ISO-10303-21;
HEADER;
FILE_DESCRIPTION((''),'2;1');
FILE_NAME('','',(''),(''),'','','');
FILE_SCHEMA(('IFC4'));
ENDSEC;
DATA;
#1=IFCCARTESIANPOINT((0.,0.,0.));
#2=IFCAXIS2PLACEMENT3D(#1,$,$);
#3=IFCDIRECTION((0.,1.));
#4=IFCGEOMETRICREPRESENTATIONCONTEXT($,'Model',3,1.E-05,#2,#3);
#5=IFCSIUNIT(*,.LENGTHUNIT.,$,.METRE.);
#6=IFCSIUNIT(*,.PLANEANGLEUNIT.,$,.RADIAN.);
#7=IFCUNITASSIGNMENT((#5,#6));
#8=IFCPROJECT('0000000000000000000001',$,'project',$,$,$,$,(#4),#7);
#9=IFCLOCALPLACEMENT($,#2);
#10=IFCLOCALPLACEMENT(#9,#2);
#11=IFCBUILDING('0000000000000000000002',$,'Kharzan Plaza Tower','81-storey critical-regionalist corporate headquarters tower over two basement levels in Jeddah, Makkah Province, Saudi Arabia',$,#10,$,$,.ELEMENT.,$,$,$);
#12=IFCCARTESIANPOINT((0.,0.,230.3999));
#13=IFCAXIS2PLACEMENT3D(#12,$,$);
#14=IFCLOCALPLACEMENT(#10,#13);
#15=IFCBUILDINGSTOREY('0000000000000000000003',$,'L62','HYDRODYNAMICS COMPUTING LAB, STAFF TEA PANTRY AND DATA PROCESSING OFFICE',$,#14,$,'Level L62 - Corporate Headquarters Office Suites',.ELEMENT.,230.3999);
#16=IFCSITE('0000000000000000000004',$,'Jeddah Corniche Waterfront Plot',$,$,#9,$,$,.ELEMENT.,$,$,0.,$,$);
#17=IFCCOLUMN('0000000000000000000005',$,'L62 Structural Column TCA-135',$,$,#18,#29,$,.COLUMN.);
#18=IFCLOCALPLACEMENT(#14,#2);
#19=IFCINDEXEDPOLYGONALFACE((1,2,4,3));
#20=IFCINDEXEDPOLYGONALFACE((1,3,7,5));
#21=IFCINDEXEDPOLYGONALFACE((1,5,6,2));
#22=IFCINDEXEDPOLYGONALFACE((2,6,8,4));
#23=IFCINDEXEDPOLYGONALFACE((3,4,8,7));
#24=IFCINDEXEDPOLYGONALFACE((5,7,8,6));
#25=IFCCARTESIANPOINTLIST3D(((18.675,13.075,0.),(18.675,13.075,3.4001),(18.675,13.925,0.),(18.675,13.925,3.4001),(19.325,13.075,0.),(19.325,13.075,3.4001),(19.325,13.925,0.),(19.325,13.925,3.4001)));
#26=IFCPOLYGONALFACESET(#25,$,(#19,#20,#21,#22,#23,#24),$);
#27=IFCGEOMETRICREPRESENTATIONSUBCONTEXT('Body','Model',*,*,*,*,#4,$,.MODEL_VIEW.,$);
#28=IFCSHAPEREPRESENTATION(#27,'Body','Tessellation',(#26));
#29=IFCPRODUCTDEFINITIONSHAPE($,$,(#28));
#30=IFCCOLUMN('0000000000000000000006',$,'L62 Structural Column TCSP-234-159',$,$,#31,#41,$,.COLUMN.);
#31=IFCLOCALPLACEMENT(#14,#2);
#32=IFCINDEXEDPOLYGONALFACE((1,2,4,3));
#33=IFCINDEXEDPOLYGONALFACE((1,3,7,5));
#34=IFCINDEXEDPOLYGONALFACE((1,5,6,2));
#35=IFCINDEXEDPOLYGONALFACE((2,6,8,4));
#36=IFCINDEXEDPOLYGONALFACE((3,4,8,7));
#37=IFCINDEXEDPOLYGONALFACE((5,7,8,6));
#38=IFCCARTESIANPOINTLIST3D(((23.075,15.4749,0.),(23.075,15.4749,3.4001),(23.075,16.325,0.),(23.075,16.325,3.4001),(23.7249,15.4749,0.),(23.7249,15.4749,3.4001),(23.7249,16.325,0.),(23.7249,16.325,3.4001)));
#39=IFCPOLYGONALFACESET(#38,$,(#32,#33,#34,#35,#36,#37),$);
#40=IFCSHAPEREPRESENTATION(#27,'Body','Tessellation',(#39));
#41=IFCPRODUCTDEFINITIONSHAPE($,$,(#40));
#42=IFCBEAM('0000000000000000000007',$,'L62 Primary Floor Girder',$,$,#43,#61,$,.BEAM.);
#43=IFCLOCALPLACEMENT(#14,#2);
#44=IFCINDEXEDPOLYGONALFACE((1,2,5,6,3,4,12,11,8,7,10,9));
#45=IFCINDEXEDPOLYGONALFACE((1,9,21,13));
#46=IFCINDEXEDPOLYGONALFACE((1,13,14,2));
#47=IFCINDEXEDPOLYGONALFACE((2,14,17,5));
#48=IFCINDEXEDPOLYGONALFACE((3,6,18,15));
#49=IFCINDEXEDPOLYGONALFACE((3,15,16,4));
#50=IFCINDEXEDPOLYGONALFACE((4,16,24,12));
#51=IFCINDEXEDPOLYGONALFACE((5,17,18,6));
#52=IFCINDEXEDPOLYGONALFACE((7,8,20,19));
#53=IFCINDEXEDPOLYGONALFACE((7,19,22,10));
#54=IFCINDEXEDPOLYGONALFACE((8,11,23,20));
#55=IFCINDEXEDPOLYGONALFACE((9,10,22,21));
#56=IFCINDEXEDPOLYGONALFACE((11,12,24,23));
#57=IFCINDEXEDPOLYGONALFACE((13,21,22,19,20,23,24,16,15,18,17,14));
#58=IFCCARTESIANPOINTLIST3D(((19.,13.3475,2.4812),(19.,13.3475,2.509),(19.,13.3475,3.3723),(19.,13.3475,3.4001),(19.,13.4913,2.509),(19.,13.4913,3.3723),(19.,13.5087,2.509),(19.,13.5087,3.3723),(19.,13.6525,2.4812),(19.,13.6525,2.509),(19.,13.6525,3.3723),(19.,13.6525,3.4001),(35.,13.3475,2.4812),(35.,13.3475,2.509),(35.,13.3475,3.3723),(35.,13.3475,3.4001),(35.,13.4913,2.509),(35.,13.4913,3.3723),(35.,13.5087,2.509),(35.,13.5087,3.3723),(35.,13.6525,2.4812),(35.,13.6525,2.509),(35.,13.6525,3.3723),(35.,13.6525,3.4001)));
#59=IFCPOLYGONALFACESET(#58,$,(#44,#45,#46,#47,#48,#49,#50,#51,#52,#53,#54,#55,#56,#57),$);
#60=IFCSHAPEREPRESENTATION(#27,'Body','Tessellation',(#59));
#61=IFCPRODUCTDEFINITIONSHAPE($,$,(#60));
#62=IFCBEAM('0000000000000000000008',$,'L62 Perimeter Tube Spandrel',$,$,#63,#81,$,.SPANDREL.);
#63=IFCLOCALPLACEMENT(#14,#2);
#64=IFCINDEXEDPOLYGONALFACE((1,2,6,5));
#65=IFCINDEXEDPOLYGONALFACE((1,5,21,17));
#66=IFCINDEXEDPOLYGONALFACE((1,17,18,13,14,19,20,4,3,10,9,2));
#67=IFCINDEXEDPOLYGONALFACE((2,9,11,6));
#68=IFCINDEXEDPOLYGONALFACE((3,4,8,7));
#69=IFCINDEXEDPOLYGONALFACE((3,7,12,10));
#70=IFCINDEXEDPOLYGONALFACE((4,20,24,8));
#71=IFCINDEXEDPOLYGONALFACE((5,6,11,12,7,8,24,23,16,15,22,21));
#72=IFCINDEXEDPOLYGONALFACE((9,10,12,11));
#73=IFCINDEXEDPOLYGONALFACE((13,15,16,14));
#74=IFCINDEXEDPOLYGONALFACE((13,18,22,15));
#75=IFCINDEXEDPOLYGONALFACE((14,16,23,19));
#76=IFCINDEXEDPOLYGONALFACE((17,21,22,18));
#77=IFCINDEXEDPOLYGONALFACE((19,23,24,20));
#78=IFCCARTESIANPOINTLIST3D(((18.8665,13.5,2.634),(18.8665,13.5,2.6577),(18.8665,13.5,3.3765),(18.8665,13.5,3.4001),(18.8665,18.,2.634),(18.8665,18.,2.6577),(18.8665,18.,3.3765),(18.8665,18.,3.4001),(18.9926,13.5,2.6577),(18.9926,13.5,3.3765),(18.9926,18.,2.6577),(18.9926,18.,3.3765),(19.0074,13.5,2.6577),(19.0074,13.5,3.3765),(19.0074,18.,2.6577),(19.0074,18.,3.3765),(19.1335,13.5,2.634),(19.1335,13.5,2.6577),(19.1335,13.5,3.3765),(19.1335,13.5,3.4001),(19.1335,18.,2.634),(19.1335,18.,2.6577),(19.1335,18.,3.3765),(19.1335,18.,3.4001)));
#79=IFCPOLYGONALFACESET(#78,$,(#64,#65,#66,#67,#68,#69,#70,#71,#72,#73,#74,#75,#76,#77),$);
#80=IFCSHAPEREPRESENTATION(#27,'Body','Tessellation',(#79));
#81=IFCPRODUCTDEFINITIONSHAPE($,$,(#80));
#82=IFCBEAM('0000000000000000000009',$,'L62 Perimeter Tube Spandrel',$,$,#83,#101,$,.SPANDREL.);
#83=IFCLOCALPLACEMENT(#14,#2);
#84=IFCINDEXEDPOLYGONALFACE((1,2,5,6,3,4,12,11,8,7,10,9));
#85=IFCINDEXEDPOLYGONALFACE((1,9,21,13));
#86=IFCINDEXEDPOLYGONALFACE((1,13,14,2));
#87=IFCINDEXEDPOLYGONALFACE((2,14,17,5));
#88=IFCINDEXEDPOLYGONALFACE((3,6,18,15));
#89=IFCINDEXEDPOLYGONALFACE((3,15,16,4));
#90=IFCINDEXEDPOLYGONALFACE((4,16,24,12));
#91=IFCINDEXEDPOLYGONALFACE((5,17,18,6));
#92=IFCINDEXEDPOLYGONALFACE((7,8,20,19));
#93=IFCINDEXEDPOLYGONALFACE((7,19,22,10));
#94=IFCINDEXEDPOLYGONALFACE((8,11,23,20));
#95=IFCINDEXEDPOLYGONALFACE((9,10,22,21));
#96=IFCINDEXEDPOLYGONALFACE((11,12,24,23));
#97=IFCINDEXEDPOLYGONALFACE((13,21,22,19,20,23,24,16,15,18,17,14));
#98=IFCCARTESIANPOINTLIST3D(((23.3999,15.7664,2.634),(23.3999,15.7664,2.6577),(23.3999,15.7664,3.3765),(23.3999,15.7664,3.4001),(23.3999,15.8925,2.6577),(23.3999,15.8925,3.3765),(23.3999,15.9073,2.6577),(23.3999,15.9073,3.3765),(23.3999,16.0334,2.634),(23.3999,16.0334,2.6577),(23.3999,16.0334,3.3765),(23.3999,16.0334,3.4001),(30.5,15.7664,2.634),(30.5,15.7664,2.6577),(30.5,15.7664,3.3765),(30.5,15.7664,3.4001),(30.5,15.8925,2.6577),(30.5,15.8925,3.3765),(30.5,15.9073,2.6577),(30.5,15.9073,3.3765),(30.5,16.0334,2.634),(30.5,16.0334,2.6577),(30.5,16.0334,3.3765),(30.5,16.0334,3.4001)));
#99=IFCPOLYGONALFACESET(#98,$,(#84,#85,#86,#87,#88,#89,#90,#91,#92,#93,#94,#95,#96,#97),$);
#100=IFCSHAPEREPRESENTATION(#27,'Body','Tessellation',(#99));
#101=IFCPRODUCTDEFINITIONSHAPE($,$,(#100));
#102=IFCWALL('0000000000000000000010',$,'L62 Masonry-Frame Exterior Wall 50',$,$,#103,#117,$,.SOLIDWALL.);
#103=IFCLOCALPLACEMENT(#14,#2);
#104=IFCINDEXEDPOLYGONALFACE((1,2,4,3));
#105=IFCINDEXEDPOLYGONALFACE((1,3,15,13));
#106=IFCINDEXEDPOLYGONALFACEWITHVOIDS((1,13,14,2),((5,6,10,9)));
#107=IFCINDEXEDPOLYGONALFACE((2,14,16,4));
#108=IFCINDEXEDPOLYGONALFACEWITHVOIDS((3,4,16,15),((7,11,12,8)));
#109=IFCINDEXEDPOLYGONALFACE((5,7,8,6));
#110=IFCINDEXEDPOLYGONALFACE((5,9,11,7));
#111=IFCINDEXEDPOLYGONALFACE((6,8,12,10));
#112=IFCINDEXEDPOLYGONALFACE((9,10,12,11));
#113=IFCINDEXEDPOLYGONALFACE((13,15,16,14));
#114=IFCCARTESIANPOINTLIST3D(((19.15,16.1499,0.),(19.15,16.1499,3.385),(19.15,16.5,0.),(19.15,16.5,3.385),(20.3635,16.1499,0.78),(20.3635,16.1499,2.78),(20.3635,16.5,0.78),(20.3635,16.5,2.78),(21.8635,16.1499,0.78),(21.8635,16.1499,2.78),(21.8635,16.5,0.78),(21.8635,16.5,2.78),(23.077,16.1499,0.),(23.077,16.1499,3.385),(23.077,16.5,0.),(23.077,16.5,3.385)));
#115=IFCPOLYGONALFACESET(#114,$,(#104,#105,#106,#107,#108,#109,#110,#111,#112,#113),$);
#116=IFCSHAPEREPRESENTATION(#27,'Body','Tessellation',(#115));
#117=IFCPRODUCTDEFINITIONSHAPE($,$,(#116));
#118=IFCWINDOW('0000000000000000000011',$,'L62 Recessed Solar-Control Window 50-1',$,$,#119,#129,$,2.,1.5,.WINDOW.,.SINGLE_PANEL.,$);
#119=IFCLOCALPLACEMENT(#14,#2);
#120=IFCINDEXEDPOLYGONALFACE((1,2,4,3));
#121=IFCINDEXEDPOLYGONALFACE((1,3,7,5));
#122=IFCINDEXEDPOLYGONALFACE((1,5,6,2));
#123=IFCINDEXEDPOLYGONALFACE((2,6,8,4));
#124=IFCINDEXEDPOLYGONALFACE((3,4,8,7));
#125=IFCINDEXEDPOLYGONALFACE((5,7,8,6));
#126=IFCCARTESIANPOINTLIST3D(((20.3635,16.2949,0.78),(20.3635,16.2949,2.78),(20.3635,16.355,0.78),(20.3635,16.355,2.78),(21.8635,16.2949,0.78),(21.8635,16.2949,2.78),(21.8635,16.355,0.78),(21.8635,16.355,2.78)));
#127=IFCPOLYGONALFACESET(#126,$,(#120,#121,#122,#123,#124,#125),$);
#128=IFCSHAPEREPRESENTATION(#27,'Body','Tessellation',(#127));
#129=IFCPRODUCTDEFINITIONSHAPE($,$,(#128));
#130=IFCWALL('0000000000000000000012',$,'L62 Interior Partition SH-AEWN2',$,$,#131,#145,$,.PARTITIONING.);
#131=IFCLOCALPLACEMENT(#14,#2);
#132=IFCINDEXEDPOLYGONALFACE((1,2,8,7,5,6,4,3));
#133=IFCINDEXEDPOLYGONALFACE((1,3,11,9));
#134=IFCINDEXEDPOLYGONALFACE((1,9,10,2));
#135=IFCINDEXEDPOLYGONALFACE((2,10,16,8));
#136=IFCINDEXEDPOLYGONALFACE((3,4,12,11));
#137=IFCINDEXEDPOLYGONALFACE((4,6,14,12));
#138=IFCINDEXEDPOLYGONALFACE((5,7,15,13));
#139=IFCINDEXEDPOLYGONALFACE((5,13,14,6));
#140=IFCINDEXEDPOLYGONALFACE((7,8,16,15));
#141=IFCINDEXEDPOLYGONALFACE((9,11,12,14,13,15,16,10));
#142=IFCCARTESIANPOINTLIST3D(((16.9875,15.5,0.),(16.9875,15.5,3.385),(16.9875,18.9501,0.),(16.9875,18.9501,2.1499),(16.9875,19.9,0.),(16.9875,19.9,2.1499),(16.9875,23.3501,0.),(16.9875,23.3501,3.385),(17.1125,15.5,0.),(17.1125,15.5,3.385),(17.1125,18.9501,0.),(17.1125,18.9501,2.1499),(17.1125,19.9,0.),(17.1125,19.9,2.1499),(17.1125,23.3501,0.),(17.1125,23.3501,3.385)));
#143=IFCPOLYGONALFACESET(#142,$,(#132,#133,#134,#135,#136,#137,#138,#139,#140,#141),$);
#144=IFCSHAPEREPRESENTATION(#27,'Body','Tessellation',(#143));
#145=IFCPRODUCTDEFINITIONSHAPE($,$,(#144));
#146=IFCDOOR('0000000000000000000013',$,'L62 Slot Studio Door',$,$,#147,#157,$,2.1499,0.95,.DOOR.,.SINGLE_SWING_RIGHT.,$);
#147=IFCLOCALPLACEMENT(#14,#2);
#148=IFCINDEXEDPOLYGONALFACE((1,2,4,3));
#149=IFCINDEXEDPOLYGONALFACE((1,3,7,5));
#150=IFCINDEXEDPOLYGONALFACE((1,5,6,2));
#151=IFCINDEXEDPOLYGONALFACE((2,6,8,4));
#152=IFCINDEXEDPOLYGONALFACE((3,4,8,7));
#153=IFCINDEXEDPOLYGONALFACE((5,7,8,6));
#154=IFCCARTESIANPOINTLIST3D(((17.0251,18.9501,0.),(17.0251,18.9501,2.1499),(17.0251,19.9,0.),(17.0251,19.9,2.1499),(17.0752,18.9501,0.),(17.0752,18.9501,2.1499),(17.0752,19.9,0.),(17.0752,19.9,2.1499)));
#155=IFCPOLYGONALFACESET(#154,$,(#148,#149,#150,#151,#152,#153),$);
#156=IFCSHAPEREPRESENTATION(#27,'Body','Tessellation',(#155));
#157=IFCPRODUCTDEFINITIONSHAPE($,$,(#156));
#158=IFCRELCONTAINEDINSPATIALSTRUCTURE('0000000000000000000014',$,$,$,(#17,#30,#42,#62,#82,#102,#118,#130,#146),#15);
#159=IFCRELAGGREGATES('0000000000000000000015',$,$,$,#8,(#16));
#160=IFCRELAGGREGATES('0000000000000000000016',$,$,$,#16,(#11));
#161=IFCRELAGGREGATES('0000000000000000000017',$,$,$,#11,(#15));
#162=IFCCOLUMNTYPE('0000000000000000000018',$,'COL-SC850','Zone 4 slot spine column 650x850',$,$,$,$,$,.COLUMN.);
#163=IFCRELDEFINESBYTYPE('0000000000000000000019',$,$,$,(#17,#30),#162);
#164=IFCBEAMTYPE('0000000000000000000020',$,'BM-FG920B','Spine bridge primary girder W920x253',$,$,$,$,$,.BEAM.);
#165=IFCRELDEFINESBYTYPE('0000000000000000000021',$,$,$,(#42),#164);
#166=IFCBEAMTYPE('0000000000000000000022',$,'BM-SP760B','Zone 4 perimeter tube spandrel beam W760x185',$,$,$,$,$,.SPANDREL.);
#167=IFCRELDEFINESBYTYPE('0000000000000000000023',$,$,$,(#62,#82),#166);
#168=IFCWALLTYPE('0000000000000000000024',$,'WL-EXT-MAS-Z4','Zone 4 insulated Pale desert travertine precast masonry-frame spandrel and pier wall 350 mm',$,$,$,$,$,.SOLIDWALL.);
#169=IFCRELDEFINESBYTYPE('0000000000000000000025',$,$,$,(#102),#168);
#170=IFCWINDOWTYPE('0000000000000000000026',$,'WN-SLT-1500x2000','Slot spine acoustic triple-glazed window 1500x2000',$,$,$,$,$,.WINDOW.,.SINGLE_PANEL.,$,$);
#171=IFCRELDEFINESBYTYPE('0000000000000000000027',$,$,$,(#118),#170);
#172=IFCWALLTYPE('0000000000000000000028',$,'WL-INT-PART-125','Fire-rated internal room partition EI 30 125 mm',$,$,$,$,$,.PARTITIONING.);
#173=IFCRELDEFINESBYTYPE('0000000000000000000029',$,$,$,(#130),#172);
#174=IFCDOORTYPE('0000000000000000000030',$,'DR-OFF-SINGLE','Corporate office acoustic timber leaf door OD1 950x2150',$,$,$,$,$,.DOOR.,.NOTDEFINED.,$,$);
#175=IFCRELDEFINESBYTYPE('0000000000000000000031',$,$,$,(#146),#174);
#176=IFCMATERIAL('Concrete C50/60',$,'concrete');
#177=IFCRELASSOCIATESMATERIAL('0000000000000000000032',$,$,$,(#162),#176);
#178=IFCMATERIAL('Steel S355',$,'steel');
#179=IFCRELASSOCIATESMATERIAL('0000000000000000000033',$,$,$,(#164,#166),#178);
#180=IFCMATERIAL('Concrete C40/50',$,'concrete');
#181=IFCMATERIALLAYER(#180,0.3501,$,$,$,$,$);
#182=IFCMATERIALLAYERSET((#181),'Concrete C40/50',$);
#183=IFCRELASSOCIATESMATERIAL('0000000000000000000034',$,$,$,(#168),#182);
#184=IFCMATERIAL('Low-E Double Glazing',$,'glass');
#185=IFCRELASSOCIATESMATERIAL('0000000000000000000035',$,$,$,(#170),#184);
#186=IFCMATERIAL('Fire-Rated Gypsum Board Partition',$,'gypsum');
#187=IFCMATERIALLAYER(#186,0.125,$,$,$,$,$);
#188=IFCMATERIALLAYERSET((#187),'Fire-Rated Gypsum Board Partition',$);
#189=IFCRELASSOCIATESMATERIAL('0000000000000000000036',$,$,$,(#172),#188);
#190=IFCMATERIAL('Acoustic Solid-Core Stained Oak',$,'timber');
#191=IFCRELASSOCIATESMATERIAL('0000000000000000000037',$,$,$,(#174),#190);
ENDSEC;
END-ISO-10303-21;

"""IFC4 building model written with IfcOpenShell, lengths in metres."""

from ifc_helpers import new_model, si_unit, direction, frame, frame_2d, origin, origin_2d, place, context, subcontext, project, spatial, rectangle, i_section, extrude, source, transform, mapped, material, layer, layer_set, material_profile, profile_set, type_object, element, fill, save


model = new_model("IFC4")

# Units and contexts
model_context = context("Model", 3, precision=1e-05, world=origin(), true_north=direction((0.0, 1.0)))
body_context = subcontext(model_context, "Body", "Model", "MODEL_VIEW")
ifc_project = project(units=[si_unit("LENGTHUNIT", "METRE"), si_unit("PLANEANGLEUNIT", "RADIAN")], contexts=[model_context])

# Site, building, storey
site_placement = place(None, origin())
site = spatial("IfcSite", under=ifc_project, at=site_placement, Name="Jeddah Corniche Waterfront Plot", CompositionType="ELEMENT", RefElevation=0.0)
building_placement = place(site_placement, origin())
building = spatial("IfcBuilding", under=site, at=building_placement, Name="Kharzan Plaza Tower", Description="81-storey critical-regionalist corporate headquarters tower over two basement levels in Jeddah, Makkah Province, Saudi Arabia", CompositionType="ELEMENT")
storey_placement = place(building_placement, frame((0.0, 0.0, 230.3999)))
storey = spatial("IfcBuildingStorey", under=building, at=storey_placement, Name="L62", Description="HYDRODYNAMICS COMPUTING LAB, STAFF TEA PANTRY AND DATA PROCESSING OFFICE", LongName="Level L62 - Corporate Headquarters Office Suites", CompositionType="ELEMENT", Elevation=230.3999)

# Columns
ifc_material_1 = material(Name="Concrete C50/60", Category="concrete")
ifc_material_profile_1 = material_profile(ifc_material_1, rectangle(XDim=0.6499, YDim=0.8501, at=origin_2d()), Name="RC-SC850x650")
ifc_profile_set_1 = profile_set([ifc_material_profile_1], Name="Concrete C50/60")
column_type = type_object("IfcColumnType", Name="COL-SC850", Description="Zone 4 slot spine column 650x850", PredefinedType="COLUMN", material=ifc_profile_set_1)
shared_shape_1 = source(origin(), body_context, "Body", "SweptSolid", [
    extrude(rectangle(XDim=0.6499, YDim=0.8501, at=origin_2d()), origin(), (0.0, 0.0, 1.0), 3.4001),
])
for number, where, z_axis, x_axis, name in (
    (1, (19.0, 13.5, 0.0), (0.0, 0.0, 1.0), (1.0, 0.0, 0.0), "L62 Structural Column TCA-135"),
    (2, (23.3999, 15.8999, 0.0), (0.0, 0.0, 1.0), (1.0, 0.0, 0.0), "L62 Structural Column TCSP-234-159"),
):
    element("IfcColumn", number, at=place(storey_placement, frame(where, z_axis=z_axis, x_axis=x_axis)), inside=storey, type_object=column_type, Name=name, PredefinedType="COLUMN", context=body_context, shape_type="MappedRepresentation", body=[
        mapped(shared_shape_1, transform((0.0, 0.0, 0.0), x_axis=(1.0, 0.0, 0.0), y_axis=(0.0, 1.0, 0.0), z_axis=(0.0, 0.0, 1.0))),
    ])

# Beams
ifc_material_2 = material(Name="Steel S355", Category="steel")
ifc_material_profile_2 = material_profile(ifc_material_2, i_section(OverallWidth=0.3049, OverallDepth=0.9189, WebThickness=0.0173, FlangeThickness=0.0278, at=origin_2d()), Name="W920x253")
ifc_profile_set_2 = profile_set([ifc_material_profile_2], Name="Steel S355")
beam_type_1 = type_object("IfcBeamType", Name="BM-FG920B", Description="Spine bridge primary girder W920x253", PredefinedType="BEAM", material=ifc_profile_set_2)
shared_shape_2 = source(origin(), body_context, "Body", "SweptSolid", [
    extrude(i_section(OverallWidth=0.3049, OverallDepth=0.9189, WebThickness=0.0173, FlangeThickness=0.0278, at=origin_2d()), origin(), (0.0, 0.0, 1.0), 16.0),
])
beam_1_placement = place(storey_placement, frame((19.0, 13.5, 2.9407), z_axis=(1.0, 0.0, 0.0), x_axis=(0.0, 1.0, 0.0)))
element("IfcBeam", 3, at=beam_1_placement, inside=storey, type_object=beam_type_1, Name="L62 Primary Floor Girder", PredefinedType="BEAM", context=body_context, shape_type="MappedRepresentation", body=[
    mapped(shared_shape_2, transform((0.0, 0.0, 0.0), x_axis=(1.0, 0.0, 0.0), y_axis=(0.0, 1.0, 0.0), z_axis=(0.0, 0.0, 1.0))),
])
ifc_material_profile_3 = material_profile(ifc_material_2, i_section(OverallWidth=0.2671, OverallDepth=0.7661, WebThickness=0.0149, FlangeThickness=0.0237, at=origin_2d()), Name="W760x185")
ifc_profile_set_3 = profile_set([ifc_material_profile_3], Name="Steel S355")
beam_type_2 = type_object("IfcBeamType", Name="BM-SP760B", Description="Zone 4 perimeter tube spandrel beam W760x185", PredefinedType="SPANDREL", material=ifc_profile_set_3)
shared_shape_3 = source(origin(), body_context, "Body", "SweptSolid", [
    extrude(i_section(OverallWidth=0.2671, OverallDepth=0.7661, WebThickness=0.0149, FlangeThickness=0.0237, at=origin_2d()), origin(), (0.0, 0.0, 1.0), 4.5),
])
beam_2_placement = place(storey_placement, frame((19.0, 13.5, 3.0171), z_axis=(0.0, 1.0, 0.0), x_axis=(-1.0, 0.0, 0.0)))
element("IfcBeam", 4, at=beam_2_placement, inside=storey, type_object=beam_type_2, Name="L62 Perimeter Tube Spandrel", PredefinedType="SPANDREL", context=body_context, shape_type="MappedRepresentation", body=[
    mapped(shared_shape_3, transform((0.0, 0.0, 0.0), x_axis=(1.0, 0.0, 0.0), y_axis=(0.0, 1.0, 0.0), z_axis=(0.0, 0.0, 1.0))),
])
shared_shape_4 = source(origin(), body_context, "Body", "SweptSolid", [
    extrude(i_section(OverallWidth=0.2671, OverallDepth=0.7661, WebThickness=0.0149, FlangeThickness=0.0237, at=origin_2d()), origin(), (0.0, 0.0, 1.0), 7.1001),
])
beam_3_placement = place(storey_placement, frame((23.3999, 15.8999, 3.0171), z_axis=(1.0, 0.0, 0.0), x_axis=(0.0, 1.0, 0.0)))
element("IfcBeam", 5, at=beam_3_placement, inside=storey, type_object=beam_type_2, Name="L62 Perimeter Tube Spandrel", PredefinedType="SPANDREL", context=body_context, shape_type="MappedRepresentation", body=[
    mapped(shared_shape_4, transform((0.0, 0.0, 0.0), x_axis=(1.0, 0.0, 0.0), y_axis=(0.0, 1.0, 0.0), z_axis=(0.0, 0.0, 1.0))),
])

# Wall, opening, window
ifc_material_3 = material(Name="Concrete C40/50", Category="concrete")
ifc_layer_1 = layer(ifc_material_3, 0.3501)
ifc_layer_set_1 = layer_set([ifc_layer_1], Name="Concrete C40/50")
wall_type_1 = type_object("IfcWallType", Name="WL-EXT-MAS-Z4", Description="Zone 4 insulated Pale desert travertine precast masonry-frame spandrel and pier wall 350 mm", PredefinedType="SOLIDWALL", material=ifc_layer_set_1)
wall_1_placement = place(storey_placement, frame((23.0769, 16.325, 0.0), z_axis=(0.0, 0.0, 1.0), x_axis=(-1.0, 0.0, 0.0)))
wall_1 = element("IfcWall", 6, at=wall_1_placement, inside=storey, type_object=wall_type_1, Name="L62 Masonry-Frame Exterior Wall 50", PredefinedType="SOLIDWALL", context=body_context, shape_type="SweptSolid", body=[
    extrude(rectangle(XDim=3.927, YDim=0.3501, at=frame_2d((1.9634, 0.0))), origin(), (0.0, 0.0, 1.0), 3.385),
])
opening_1_placement = place(wall_1_placement, frame((1.2134, 0.0, 0.78)))
opening_1 = element("IfcOpeningElement", 7, at=opening_1_placement, cuts=wall_1, PredefinedType="OPENING", context=body_context, shape_type="SweptSolid", body=[
    extrude(rectangle(XDim=1.5, YDim=2.0, at=frame_2d((0.75, 1.0))), frame((0.0, 0.1851, 0.0), z_axis=(0.0, -1.0, 0.0), x_axis=(1.0, 0.0, 0.0)), (0.0, 0.0, 1.0), 0.3701),
])
ifc_material_4 = material(Name="Low-E Double Glazing", Category="glass")
window_type = type_object("IfcWindowType", Name="WN-SLT-1500x2000", Description="Slot spine acoustic triple-glazed window 1500x2000", PartitioningType="SINGLE_PANEL", PredefinedType="WINDOW", material=ifc_material_4)
shared_shape_5 = source(origin(), body_context, "Body", "SweptSolid", [
    extrude(rectangle(XDim=1.5, YDim=2.0, at=frame_2d((0.75, 1.0))), frame((0.0, 0.03, 0.0), z_axis=(0.0, -1.0, 0.0), x_axis=(1.0, 0.0, 0.0)), (0.0, 0.0, 1.0), 0.0601),
])
window_placement = place(opening_1_placement, origin())
window = element("IfcWindow", 8, at=window_placement, inside=storey, type_object=window_type, Name="L62 Recessed Solar-Control Window 50-1", OverallHeight=2.0, OverallWidth=1.5, PartitioningType="SINGLE_PANEL", PredefinedType="WINDOW", context=body_context, shape_type="MappedRepresentation", body=[
    mapped(shared_shape_5, transform((0.0, 0.0, 0.0), x_axis=(1.0, 0.0, 0.0), y_axis=(0.0, 1.0, 0.0), z_axis=(0.0, 0.0, 1.0))),
])
fill(opening_1, window)

# Wall, opening, door
ifc_material_5 = material(Name="Fire-Rated Gypsum Board Partition", Category="gypsum")
ifc_layer_2 = layer(ifc_material_5, 0.125)
ifc_layer_set_2 = layer_set([ifc_layer_2], Name="Fire-Rated Gypsum Board Partition")
wall_type_2 = type_object("IfcWallType", Name="WL-INT-PART-125", Description="Fire-rated internal room partition EI 30 125 mm", PredefinedType="PARTITIONING", material=ifc_layer_set_2)
ifc_material_6 = material(Name="Acoustic Solid-Core Stained Oak", Category="timber")
door_type = type_object("IfcDoorType", Name="DR-OFF-SINGLE", Description="Corporate office acoustic timber leaf door OD1 950x2150", OperationType="NOTDEFINED", PredefinedType="DOOR", material=ifc_material_6)
shared_shape_6 = source(origin(), body_context, "Body", "SweptSolid", [
    extrude(rectangle(XDim=0.95, YDim=2.1499, at=frame_2d((0.4751, 1.075))), frame((0.0, 0.0249, 0.0), z_axis=(0.0, -1.0, 0.0), x_axis=(1.0, 0.0, 0.0)), (0.0, 0.0, 1.0), 0.05),
])
wall_2_placement = place(storey_placement, frame((17.05, 15.5, 0.0), z_axis=(0.0, 0.0, 1.0), x_axis=(0.0, 1.0, 0.0)))
wall_2 = element("IfcWall", 9, at=wall_2_placement, inside=storey, type_object=wall_type_2, Name="L62 Interior Partition SH-AEWN2", PredefinedType="PARTITIONING", context=body_context, shape_type="SweptSolid", body=[
    extrude(rectangle(XDim=7.8501, YDim=0.125, at=frame_2d((3.925, 0.0))), origin(), (0.0, 0.0, 1.0), 3.385),
])
opening_2_placement = place(wall_2_placement, frame((3.45, 0.0, 0.0)))
opening_2 = element("IfcOpeningElement", 10, at=opening_2_placement, cuts=wall_2, PredefinedType="OPENING", context=body_context, shape_type="SweptSolid", body=[
    extrude(rectangle(XDim=0.95, YDim=2.1499, at=frame_2d((0.4751, 1.075))), frame((0.0, 0.0725, 0.0), z_axis=(0.0, -1.0, 0.0), x_axis=(1.0, 0.0, 0.0)), (0.0, 0.0, 1.0), 0.145),
])
door_1_placement = place(opening_2_placement, origin())
door_1 = element("IfcDoor", 11, at=door_1_placement, inside=storey, type_object=door_type, Name="L62 Slot Studio Door", OperationType="SINGLE_SWING_RIGHT", OverallHeight=2.1499, OverallWidth=0.95, PredefinedType="DOOR", context=body_context, shape_type="MappedRepresentation", body=[
    mapped(shared_shape_6, transform((0.0, 0.0, 0.0), x_axis=(1.0, 0.0, 0.0), y_axis=(0.0, 1.0, 0.0), z_axis=(0.0, 0.0, 1.0))),
])
fill(opening_2, door_1)

save(model, "model.ifc")
